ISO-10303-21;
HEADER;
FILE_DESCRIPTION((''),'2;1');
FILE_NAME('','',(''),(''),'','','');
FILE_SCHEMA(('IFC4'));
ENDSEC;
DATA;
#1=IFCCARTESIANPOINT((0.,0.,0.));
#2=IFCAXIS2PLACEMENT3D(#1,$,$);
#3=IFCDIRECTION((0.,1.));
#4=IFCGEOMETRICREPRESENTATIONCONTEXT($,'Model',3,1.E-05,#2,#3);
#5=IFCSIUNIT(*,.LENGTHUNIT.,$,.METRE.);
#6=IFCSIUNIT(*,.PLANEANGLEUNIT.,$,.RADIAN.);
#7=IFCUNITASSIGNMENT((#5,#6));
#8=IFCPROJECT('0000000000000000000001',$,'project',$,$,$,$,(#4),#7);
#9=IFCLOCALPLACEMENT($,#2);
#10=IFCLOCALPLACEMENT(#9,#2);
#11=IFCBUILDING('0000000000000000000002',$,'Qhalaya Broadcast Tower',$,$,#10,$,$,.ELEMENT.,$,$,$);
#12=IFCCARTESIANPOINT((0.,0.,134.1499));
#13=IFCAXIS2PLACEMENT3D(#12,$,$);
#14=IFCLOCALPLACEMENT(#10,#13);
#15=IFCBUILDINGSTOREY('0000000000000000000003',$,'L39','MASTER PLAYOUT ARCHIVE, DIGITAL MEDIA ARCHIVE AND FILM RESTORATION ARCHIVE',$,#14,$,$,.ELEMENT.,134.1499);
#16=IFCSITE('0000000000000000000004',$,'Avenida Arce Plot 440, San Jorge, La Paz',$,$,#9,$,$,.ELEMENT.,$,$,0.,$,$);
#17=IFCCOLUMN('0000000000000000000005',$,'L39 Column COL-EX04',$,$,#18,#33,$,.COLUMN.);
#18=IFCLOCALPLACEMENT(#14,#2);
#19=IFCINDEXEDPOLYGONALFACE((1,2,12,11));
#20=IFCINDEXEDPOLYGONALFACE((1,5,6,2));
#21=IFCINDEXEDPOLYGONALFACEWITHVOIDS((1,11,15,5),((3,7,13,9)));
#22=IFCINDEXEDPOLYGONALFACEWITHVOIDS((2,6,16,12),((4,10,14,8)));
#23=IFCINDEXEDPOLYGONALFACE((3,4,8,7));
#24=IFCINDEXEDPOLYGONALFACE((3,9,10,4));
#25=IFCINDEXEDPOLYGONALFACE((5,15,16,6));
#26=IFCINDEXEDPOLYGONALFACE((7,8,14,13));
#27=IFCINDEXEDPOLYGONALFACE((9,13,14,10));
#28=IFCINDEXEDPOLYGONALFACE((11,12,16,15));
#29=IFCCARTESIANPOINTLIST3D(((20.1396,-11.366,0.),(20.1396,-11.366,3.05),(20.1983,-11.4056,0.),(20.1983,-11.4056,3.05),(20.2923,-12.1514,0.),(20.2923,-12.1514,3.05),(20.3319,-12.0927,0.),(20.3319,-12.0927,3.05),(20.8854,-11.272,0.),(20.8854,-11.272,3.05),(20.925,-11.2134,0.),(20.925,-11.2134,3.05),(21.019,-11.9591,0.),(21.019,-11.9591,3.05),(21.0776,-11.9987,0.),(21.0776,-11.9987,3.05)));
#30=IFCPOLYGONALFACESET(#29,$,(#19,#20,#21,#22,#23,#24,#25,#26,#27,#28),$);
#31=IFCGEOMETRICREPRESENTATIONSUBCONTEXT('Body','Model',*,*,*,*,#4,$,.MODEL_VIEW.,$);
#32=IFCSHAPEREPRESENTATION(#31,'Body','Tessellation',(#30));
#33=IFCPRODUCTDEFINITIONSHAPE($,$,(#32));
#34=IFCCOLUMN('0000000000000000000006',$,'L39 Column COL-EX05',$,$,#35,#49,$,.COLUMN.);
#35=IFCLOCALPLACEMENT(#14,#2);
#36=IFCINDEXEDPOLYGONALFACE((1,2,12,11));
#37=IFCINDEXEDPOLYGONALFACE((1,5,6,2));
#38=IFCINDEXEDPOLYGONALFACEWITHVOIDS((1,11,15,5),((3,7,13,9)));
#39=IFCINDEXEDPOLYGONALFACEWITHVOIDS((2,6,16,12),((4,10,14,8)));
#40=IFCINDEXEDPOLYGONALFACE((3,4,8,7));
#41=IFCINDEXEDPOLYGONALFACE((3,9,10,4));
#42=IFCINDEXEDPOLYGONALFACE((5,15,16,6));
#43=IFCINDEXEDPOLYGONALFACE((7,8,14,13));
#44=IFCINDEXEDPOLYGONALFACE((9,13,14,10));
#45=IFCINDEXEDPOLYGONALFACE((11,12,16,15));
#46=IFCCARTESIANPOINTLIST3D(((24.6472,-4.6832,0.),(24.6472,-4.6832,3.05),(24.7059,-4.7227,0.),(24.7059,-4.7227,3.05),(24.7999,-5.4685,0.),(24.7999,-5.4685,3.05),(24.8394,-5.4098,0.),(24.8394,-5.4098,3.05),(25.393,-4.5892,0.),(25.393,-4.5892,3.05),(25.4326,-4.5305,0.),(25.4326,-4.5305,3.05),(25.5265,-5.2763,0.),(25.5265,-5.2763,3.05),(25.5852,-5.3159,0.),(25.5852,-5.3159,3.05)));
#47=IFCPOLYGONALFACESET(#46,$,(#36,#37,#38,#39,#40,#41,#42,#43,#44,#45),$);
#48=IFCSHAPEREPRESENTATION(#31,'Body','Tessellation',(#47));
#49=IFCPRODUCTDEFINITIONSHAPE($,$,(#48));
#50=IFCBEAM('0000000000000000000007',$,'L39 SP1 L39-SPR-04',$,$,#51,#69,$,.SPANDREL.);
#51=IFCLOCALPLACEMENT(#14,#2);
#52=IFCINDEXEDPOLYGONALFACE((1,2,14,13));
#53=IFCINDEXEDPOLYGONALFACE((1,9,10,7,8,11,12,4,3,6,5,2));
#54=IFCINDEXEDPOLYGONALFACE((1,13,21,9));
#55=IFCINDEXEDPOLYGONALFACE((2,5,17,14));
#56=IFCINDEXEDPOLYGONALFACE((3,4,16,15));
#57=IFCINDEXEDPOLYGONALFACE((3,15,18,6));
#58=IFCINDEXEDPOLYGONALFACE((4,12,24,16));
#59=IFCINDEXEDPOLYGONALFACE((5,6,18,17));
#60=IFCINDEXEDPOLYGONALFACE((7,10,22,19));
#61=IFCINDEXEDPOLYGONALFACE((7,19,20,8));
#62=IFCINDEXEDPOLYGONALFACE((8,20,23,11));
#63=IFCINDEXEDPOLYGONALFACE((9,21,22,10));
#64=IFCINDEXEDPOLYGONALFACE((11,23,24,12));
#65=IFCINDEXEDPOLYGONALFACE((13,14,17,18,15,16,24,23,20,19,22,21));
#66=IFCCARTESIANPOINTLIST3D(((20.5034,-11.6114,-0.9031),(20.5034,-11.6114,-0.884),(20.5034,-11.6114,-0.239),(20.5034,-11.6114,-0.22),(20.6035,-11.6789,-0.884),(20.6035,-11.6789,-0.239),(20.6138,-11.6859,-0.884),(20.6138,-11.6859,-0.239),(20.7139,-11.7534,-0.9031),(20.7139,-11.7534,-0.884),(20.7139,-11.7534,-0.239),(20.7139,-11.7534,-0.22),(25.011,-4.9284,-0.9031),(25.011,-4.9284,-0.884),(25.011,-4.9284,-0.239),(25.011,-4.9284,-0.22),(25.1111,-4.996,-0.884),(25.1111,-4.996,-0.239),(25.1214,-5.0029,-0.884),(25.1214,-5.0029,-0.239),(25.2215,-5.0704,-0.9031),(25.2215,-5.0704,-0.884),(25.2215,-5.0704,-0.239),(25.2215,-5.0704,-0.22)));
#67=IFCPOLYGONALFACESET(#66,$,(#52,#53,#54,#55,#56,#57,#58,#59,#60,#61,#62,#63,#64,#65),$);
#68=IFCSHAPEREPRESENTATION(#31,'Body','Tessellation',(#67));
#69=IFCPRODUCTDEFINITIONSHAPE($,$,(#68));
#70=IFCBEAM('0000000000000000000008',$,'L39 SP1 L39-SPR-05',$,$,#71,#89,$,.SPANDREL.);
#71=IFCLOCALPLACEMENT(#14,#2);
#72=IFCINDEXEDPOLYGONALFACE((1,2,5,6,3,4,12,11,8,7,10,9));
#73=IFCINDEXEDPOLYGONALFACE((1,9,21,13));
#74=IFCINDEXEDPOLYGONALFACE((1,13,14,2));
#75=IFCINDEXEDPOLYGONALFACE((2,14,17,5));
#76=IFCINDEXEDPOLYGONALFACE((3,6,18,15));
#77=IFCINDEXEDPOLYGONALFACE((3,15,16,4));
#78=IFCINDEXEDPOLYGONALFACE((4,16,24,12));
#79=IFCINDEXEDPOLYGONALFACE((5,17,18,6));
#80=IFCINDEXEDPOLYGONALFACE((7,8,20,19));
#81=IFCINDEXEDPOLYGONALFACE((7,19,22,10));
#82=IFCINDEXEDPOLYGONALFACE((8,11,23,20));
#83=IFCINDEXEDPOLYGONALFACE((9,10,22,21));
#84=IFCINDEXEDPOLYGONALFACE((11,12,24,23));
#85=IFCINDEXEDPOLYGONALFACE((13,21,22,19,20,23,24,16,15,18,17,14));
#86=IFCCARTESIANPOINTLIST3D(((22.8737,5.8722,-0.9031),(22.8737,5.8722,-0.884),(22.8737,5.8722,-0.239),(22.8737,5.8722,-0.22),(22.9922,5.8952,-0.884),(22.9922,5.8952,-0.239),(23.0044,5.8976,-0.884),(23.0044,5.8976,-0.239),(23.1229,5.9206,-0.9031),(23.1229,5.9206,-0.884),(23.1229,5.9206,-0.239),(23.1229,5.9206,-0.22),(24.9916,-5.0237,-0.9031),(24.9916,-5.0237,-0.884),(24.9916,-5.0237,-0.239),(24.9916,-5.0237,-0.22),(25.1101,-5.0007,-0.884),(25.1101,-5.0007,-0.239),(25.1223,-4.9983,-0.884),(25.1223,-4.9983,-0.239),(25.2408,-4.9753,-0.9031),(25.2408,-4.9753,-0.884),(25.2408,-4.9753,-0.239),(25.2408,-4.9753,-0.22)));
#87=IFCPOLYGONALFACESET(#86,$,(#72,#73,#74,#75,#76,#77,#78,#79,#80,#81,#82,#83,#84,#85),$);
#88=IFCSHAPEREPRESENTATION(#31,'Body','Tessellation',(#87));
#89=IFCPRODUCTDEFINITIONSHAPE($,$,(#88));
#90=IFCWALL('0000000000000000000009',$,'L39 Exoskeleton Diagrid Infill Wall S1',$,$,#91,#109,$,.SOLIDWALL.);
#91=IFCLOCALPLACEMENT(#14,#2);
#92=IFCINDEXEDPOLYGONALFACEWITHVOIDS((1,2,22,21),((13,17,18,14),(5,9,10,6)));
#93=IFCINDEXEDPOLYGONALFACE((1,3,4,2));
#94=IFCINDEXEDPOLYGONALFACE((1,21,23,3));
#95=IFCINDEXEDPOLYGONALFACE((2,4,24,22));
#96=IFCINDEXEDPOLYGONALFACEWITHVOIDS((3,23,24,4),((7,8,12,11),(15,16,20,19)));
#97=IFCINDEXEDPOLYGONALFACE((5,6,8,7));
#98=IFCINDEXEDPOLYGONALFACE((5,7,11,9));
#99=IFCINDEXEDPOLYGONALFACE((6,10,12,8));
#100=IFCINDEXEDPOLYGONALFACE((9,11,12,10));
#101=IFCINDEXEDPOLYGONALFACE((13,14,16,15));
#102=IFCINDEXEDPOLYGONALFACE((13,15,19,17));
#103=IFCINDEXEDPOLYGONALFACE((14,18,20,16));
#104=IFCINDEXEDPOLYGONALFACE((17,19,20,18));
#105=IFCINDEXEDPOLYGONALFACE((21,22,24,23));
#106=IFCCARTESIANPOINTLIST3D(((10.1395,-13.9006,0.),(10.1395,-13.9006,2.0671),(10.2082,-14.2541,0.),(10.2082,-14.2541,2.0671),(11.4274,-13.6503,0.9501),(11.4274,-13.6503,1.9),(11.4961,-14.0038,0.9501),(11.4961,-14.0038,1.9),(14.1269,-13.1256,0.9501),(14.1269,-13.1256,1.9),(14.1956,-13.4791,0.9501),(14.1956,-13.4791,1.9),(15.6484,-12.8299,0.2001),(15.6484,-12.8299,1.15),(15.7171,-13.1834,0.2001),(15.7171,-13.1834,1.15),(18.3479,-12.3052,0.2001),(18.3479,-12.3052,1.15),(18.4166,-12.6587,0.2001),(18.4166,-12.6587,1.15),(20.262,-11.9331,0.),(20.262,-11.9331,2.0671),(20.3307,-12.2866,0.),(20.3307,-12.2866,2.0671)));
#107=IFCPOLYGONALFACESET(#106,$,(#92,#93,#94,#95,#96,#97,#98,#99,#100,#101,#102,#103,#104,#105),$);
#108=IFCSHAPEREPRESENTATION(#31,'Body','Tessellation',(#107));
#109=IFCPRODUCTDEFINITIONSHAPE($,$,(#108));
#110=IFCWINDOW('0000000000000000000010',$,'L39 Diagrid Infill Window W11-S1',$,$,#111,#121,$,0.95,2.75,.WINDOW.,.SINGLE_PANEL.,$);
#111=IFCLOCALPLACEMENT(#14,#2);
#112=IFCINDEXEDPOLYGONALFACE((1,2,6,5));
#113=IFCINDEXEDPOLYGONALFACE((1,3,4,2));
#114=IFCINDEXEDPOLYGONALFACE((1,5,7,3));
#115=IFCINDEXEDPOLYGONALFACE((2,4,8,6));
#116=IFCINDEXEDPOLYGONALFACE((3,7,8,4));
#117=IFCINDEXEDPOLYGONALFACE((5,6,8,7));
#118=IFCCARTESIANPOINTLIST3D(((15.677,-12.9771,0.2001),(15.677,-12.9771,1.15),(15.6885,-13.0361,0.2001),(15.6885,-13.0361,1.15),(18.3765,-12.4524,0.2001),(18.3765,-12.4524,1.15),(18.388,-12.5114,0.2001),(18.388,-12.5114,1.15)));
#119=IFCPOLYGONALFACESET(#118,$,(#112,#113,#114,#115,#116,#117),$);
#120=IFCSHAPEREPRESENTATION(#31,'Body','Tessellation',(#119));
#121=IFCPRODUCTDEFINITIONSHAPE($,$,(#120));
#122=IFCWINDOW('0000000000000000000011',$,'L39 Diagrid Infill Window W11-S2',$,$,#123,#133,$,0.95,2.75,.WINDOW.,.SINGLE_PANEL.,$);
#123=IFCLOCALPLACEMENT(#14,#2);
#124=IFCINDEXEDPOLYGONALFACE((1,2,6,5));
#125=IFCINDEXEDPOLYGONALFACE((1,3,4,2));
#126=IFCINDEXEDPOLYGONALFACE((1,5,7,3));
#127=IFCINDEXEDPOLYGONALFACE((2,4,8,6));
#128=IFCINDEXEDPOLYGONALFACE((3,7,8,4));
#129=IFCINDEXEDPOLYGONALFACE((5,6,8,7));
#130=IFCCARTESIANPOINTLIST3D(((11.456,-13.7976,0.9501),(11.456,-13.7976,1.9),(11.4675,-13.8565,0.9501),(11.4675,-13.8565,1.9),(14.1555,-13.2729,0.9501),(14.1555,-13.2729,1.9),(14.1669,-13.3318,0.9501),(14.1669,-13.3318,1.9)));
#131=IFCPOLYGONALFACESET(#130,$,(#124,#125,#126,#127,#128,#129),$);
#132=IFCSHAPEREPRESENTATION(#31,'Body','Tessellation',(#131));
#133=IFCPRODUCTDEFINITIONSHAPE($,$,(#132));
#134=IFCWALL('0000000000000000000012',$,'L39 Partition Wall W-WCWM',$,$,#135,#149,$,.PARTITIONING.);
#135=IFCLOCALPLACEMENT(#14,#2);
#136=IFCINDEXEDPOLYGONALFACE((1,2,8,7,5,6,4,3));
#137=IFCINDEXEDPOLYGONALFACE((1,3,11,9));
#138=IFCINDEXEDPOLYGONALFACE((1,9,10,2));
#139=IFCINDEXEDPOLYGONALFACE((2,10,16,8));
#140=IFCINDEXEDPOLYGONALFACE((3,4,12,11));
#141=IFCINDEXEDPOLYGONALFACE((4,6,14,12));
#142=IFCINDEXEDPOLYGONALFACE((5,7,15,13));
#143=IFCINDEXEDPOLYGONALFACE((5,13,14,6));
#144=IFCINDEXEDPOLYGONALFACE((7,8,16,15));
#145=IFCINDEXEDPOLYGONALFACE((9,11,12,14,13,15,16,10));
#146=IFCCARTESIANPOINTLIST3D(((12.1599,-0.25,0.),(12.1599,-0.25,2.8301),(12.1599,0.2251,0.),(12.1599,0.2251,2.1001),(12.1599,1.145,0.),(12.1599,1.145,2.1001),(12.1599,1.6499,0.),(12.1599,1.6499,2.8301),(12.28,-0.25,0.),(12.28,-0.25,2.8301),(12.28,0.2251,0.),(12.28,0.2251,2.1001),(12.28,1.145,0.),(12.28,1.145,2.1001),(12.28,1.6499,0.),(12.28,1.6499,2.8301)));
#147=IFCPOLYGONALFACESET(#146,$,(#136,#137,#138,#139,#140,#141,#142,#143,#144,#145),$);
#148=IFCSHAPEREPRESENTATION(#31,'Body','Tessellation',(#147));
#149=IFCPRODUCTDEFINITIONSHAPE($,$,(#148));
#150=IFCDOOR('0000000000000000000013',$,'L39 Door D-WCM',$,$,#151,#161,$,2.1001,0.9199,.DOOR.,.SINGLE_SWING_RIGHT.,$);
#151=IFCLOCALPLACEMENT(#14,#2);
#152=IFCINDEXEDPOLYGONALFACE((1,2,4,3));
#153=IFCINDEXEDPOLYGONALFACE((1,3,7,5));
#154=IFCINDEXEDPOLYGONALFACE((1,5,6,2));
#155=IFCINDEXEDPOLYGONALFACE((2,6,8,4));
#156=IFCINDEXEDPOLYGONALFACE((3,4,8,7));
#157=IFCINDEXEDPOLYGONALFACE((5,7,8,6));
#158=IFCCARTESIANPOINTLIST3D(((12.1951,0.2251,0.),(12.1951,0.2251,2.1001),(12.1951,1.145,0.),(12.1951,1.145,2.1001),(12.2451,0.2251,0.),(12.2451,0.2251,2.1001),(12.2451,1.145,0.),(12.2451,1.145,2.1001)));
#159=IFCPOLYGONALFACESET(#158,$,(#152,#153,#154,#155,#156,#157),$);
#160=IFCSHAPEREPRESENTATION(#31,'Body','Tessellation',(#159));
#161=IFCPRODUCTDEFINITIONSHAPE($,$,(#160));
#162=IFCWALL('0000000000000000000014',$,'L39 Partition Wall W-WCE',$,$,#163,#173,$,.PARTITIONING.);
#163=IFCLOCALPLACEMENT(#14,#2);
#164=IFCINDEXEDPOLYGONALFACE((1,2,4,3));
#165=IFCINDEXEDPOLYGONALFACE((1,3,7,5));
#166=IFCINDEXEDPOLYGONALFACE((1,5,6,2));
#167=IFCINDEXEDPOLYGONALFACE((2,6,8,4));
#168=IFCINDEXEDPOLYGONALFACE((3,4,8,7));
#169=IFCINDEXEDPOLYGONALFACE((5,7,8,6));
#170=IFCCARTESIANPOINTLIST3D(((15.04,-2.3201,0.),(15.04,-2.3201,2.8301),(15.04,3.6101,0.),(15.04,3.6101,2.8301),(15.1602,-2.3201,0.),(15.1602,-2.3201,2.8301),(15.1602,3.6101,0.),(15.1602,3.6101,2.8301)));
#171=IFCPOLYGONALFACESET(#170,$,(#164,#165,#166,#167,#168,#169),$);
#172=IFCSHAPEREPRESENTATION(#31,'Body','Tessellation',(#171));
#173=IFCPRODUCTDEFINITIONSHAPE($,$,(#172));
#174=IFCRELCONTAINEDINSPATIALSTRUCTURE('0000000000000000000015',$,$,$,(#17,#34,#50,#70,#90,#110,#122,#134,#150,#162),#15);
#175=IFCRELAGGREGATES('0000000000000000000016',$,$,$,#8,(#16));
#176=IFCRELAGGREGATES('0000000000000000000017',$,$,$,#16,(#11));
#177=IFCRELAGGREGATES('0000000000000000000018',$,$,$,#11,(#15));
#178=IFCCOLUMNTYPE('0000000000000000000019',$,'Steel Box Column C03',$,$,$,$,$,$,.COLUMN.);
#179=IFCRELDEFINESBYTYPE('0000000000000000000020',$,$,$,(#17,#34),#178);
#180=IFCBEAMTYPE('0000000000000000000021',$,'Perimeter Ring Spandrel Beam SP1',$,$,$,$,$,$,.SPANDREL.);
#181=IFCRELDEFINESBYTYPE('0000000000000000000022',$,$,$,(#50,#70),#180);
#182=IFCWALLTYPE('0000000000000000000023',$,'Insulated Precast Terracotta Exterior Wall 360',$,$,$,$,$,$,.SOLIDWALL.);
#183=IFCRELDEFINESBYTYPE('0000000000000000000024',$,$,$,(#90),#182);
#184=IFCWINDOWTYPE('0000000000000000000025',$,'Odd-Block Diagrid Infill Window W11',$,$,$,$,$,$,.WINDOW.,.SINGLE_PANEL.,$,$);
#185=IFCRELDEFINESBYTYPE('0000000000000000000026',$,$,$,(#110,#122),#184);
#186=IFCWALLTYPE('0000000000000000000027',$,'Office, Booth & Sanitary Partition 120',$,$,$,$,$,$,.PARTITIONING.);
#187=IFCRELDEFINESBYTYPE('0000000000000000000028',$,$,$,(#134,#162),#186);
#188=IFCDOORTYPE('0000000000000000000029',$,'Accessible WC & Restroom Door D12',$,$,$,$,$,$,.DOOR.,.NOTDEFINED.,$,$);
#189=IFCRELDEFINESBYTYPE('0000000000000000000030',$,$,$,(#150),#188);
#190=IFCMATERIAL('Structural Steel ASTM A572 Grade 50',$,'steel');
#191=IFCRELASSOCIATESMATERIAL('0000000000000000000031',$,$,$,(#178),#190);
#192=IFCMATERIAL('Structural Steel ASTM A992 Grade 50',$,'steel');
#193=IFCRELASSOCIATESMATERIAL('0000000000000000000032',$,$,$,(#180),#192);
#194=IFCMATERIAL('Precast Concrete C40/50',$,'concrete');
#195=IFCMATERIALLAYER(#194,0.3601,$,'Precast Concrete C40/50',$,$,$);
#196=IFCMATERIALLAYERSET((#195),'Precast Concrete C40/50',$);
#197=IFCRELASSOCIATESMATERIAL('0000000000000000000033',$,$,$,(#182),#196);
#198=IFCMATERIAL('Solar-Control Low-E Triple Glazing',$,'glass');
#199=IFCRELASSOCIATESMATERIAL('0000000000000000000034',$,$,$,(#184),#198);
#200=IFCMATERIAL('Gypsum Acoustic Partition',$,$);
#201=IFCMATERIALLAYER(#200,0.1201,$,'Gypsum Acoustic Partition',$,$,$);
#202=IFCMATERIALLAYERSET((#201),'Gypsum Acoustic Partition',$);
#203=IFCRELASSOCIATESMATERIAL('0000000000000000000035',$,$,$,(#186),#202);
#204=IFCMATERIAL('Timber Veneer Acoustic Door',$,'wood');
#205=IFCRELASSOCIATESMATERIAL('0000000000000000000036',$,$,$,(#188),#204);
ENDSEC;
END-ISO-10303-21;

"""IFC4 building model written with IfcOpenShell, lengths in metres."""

from ifc_helpers import new_model, si_unit, direction, frame, frame_2d, origin, origin_2d, place, context, subcontext, project, spatial, rectangle, hollow_rectangle, i_section, extrude, material, layer, layer_set, material_profile, profile_set, type_object, element, fill, save


model = new_model("IFC4")

# Units and contexts
model_context = context("Model", 3, precision=1e-05, world=origin(), true_north=direction((0.0, 1.0)))
body_context = subcontext(model_context, "Body", "Model", "MODEL_VIEW")
ifc_project = project(units=[si_unit("LENGTHUNIT", "METRE"), si_unit("PLANEANGLEUNIT", "RADIAN")], contexts=[model_context])

# Site, building, storey
site_placement = place(None, origin())
site = spatial("IfcSite", under=ifc_project, at=site_placement, Name="Avenida Arce Plot 440, San Jorge, La Paz", CompositionType="ELEMENT", RefElevation=0.0)
building_placement = place(site_placement, origin())
building = spatial("IfcBuilding", under=site, at=building_placement, Name="Qhalaya Broadcast Tower", CompositionType="ELEMENT")
storey_placement = place(building_placement, frame((0.0, 0.0, 134.1499)))
storey = spatial("IfcBuildingStorey", under=building, at=storey_placement, Name="L39", Description="MASTER PLAYOUT ARCHIVE, DIGITAL MEDIA ARCHIVE AND FILM RESTORATION ARCHIVE", CompositionType="ELEMENT", Elevation=134.1499)

# Columns
ifc_material_1 = material(Name="Structural Steel ASTM A572 Grade 50", Category="steel")
ifc_material_profile_1 = material_profile(ifc_material_1, hollow_rectangle(XDim=0.8, YDim=0.8, WallThickness=0.05, at=origin_2d()), Name="BOX 800x800x50")
ifc_profile_set_1 = profile_set([ifc_material_profile_1], Name="Structural Steel ASTM A572 Grade 50")
column_type = type_object("IfcColumnType", Name="Steel Box Column C03", PredefinedType="COLUMN", material=ifc_profile_set_1)
for number, where, z_axis, x_axis, name in (
    (1, (20.6086, -11.6824, 0.0), (0.0, 0.0, 1.0), (0.981627, 0.190809, 0.0), "L39 Column COL-EX04"),
    (2, (25.1162, -4.9995, 0.0), (0.0, 0.0, 1.0), (-0.190809, 0.981627, 0.0), "L39 Column COL-EX05"),
):
    element("IfcColumn", number, at=place(storey_placement, frame(where, z_axis=z_axis, x_axis=x_axis)), inside=storey, type_object=column_type, Name=name, PredefinedType="COLUMN", context=body_context, shape_type="SweptSolid", body=[
        extrude(hollow_rectangle(XDim=0.8, YDim=0.8, WallThickness=0.05, at=origin_2d()), origin(), (0.0, 0.0, 1.0), 3.05),
    ])

# Beams
ifc_material_2 = material(Name="Structural Steel ASTM A992 Grade 50", Category="steel")
ifc_material_profile_2 = material_profile(ifc_material_2, i_section(OverallWidth=0.2539, OverallDepth=0.6831, WebThickness=0.0125, FlangeThickness=0.019, at=origin_2d()), Name="W27X94")
ifc_profile_set_2 = profile_set([ifc_material_profile_2], Name="Structural Steel ASTM A992 Grade 50")
beam_type = type_object("IfcBeamType", Name="Perimeter Ring Spandrel Beam SP1", PredefinedType="SPANDREL", material=ifc_profile_set_2)
beam_1_placement = place(storey_placement, frame((20.6086, -11.6824, -0.5615), z_axis=(0.559186, 0.829042, 0.0), x_axis=(-0.829042, 0.559186, 0.0)))
element("IfcBeam", 3, at=beam_1_placement, inside=storey, type_object=beam_type, Name="L39 SP1 L39-SPR-04", PredefinedType="SPANDREL", context=body_context, shape_type="SweptSolid", body=[
    extrude(i_section(OverallWidth=0.2539, OverallDepth=0.6831, WebThickness=0.0125, FlangeThickness=0.019, at=origin_2d()), origin(), (0.0, 0.0, 1.0), 8.061),
])
beam_2_placement = place(storey_placement, frame((25.1162, -4.9995, -0.5615), z_axis=(-0.190805, 0.981628, 0.0), x_axis=(-0.981628, -0.190805, 0.0)))
element("IfcBeam", 4, at=beam_2_placement, inside=storey, type_object=beam_type, Name="L39 SP1 L39-SPR-05", PredefinedType="SPANDREL", context=body_context, shape_type="SweptSolid", body=[
    extrude(i_section(OverallWidth=0.2539, OverallDepth=0.6831, WebThickness=0.0125, FlangeThickness=0.019, at=origin_2d()), origin(), (0.0, 0.0, 1.0), 11.0999),
])

# Wall, openings, windows
ifc_material_3 = material(Name="Precast Concrete C40/50", Category="concrete")
ifc_layer_1 = layer(ifc_material_3, 0.3601, Name="Precast Concrete C40/50")
ifc_layer_set_1 = layer_set([ifc_layer_1], Name="Precast Concrete C40/50")
wall_type_1 = type_object("IfcWallType", Name="Insulated Precast Terracotta Exterior Wall 360", PredefinedType="SOLIDWALL", material=ifc_layer_set_1)
wall_1_placement = place(storey_placement, frame((20.2964, -12.1099, 0.0), z_axis=(0.0, 0.0, 1.0), x_axis=(-0.981629, -0.1908, 0.0)))
wall_1 = element("IfcWall", 5, at=wall_1_placement, inside=storey, type_object=wall_type_1, Name="L39 Exoskeleton Diagrid Infill Wall S1", PredefinedType="SOLIDWALL", context=body_context, shape_type="SweptSolid", body=[
    extrude(rectangle(XDim=10.312, YDim=0.3601, at=frame_2d((5.156, 0.0))), origin(), (0.0, 0.0, 1.0), 2.0671),
])
opening_1_placement = place(wall_1_placement, frame((1.95, 0.0, 0.2)))
opening_1 = element("IfcOpeningElement", 6, at=opening_1_placement, cuts=wall_1, PredefinedType="OPENING", context=body_context, shape_type="SweptSolid", body=[
    extrude(rectangle(XDim=2.75, YDim=0.95, at=frame_2d((1.375, 0.4751))), frame((0.0, 0.1921, 0.0), z_axis=(0.0, -1.0, 0.0), x_axis=(1.0, 0.0, 0.0)), (0.0, 0.0, 1.0), 0.384),
])
opening_2_placement = place(wall_1_placement, frame((6.25, 0.0, 0.95)))
opening_2 = element("IfcOpeningElement", 7, at=opening_2_placement, cuts=wall_1, PredefinedType="OPENING", context=body_context, shape_type="SweptSolid", body=[
    extrude(rectangle(XDim=2.75, YDim=0.95, at=frame_2d((1.375, 0.4751))), frame((0.0, 0.1921, 0.0), z_axis=(0.0, -1.0, 0.0), x_axis=(1.0, 0.0, 0.0)), (0.0, 0.0, 1.0), 0.384),
])
ifc_material_4 = material(Name="Solar-Control Low-E Triple Glazing", Category="glass")
window_type = type_object("IfcWindowType", Name="Odd-Block Diagrid Infill Window W11", PartitioningType="SINGLE_PANEL", PredefinedType="WINDOW", material=ifc_material_4)
window_1_placement = place(opening_1_placement, origin())
window_1 = element("IfcWindow", 8, at=window_1_placement, inside=storey, type_object=window_type, Name="L39 Diagrid Infill Window W11-S1", OverallHeight=0.95, OverallWidth=2.75, PartitioningType="SINGLE_PANEL", PredefinedType="WINDOW", context=body_context, shape_type="SweptSolid", body=[
    extrude(rectangle(XDim=2.75, YDim=0.95, at=frame_2d((1.375, 0.4751))), frame((0.0, 0.03, 0.0), z_axis=(0.0, -1.0, 0.0), x_axis=(1.0, 0.0, 0.0)), (0.0, 0.0, 1.0), 0.0601),
])
fill(opening_1, window_1)
window_2_placement = place(opening_2_placement, origin())
window_2 = element("IfcWindow", 9, at=window_2_placement, inside=storey, type_object=window_type, Name="L39 Diagrid Infill Window W11-S2", OverallHeight=0.95, OverallWidth=2.75, PartitioningType="SINGLE_PANEL", PredefinedType="WINDOW", context=body_context, shape_type="SweptSolid", body=[
    extrude(rectangle(XDim=2.75, YDim=0.95, at=frame_2d((1.375, 0.4751))), frame((0.0, 0.03, 0.0), z_axis=(0.0, -1.0, 0.0), x_axis=(1.0, 0.0, 0.0)), (0.0, 0.0, 1.0), 0.0601),
])
fill(opening_2, window_2)

# Wall, opening, door
ifc_material_5 = material(Name="Gypsum Acoustic Partition")
ifc_layer_2 = layer(ifc_material_5, 0.1201, Name="Gypsum Acoustic Partition")
ifc_layer_set_2 = layer_set([ifc_layer_2], Name="Gypsum Acoustic Partition")
wall_type_2 = type_object("IfcWallType", Name="Office, Booth & Sanitary Partition 120", PredefinedType="PARTITIONING", material=ifc_layer_set_2)
wall_2_placement = place(storey_placement, frame((12.22, -0.25, 0.0), z_axis=(0.0, 0.0, 1.0), x_axis=(0.0, 1.0, 0.0)))
wall_2 = element("IfcWall", 10, at=wall_2_placement, inside=storey, type_object=wall_type_2, Name="L39 Partition Wall W-WCWM", PredefinedType="PARTITIONING", context=body_context, shape_type="SweptSolid", body=[
    extrude(rectangle(XDim=1.8999, YDim=0.1201, at=frame_2d((0.95, 0.0))), origin(), (0.0, 0.0, 1.0), 2.8301),
])
opening_3_placement = place(wall_2_placement, frame((0.4751, 0.0, 0.0)))
opening_3 = element("IfcOpeningElement", 11, at=opening_3_placement, cuts=wall_2, PredefinedType="OPENING", context=body_context, shape_type="SweptSolid", body=[
    extrude(rectangle(XDim=0.9199, YDim=2.1001, at=frame_2d((0.46, 1.05))), frame((0.0, 0.072, 0.0), z_axis=(0.0, -1.0, 0.0), x_axis=(1.0, 0.0, 0.0)), (0.0, 0.0, 1.0), 0.144),
])
ifc_material_6 = material(Name="Timber Veneer Acoustic Door", Category="wood")
door_type = type_object("IfcDoorType", Name="Accessible WC & Restroom Door D12", OperationType="NOTDEFINED", PredefinedType="DOOR", material=ifc_material_6)
door_placement = place(opening_3_placement, origin())
door = element("IfcDoor", 12, at=door_placement, inside=storey, type_object=door_type, Name="L39 Door D-WCM", OperationType="SINGLE_SWING_RIGHT", OverallHeight=2.1001, OverallWidth=0.9199, PredefinedType="DOOR", context=body_context, shape_type="SweptSolid", body=[
    extrude(rectangle(XDim=0.9199, YDim=2.1001, at=frame_2d((0.46, 1.05))), frame((0.0, 0.0249, 0.0), z_axis=(0.0, -1.0, 0.0), x_axis=(1.0, 0.0, 0.0)), (0.0, 0.0, 1.0), 0.05),
])
fill(opening_3, door)

# Wall
wall_3_placement = place(storey_placement, frame((15.1001, -2.3201, 0.0), z_axis=(0.0, 0.0, 1.0), x_axis=(0.0, 1.0, 0.0)))
element("IfcWall", 13, at=wall_3_placement, inside=storey, type_object=wall_type_2, Name="L39 Partition Wall W-WCE", PredefinedType="PARTITIONING", context=body_context, shape_type="SweptSolid", body=[
    extrude(rectangle(XDim=5.9302, YDim=0.1201, at=frame_2d((2.9651, 0.0))), origin(), (0.0, 0.0, 1.0), 2.8301),
])

save(model, "model.ifc")
